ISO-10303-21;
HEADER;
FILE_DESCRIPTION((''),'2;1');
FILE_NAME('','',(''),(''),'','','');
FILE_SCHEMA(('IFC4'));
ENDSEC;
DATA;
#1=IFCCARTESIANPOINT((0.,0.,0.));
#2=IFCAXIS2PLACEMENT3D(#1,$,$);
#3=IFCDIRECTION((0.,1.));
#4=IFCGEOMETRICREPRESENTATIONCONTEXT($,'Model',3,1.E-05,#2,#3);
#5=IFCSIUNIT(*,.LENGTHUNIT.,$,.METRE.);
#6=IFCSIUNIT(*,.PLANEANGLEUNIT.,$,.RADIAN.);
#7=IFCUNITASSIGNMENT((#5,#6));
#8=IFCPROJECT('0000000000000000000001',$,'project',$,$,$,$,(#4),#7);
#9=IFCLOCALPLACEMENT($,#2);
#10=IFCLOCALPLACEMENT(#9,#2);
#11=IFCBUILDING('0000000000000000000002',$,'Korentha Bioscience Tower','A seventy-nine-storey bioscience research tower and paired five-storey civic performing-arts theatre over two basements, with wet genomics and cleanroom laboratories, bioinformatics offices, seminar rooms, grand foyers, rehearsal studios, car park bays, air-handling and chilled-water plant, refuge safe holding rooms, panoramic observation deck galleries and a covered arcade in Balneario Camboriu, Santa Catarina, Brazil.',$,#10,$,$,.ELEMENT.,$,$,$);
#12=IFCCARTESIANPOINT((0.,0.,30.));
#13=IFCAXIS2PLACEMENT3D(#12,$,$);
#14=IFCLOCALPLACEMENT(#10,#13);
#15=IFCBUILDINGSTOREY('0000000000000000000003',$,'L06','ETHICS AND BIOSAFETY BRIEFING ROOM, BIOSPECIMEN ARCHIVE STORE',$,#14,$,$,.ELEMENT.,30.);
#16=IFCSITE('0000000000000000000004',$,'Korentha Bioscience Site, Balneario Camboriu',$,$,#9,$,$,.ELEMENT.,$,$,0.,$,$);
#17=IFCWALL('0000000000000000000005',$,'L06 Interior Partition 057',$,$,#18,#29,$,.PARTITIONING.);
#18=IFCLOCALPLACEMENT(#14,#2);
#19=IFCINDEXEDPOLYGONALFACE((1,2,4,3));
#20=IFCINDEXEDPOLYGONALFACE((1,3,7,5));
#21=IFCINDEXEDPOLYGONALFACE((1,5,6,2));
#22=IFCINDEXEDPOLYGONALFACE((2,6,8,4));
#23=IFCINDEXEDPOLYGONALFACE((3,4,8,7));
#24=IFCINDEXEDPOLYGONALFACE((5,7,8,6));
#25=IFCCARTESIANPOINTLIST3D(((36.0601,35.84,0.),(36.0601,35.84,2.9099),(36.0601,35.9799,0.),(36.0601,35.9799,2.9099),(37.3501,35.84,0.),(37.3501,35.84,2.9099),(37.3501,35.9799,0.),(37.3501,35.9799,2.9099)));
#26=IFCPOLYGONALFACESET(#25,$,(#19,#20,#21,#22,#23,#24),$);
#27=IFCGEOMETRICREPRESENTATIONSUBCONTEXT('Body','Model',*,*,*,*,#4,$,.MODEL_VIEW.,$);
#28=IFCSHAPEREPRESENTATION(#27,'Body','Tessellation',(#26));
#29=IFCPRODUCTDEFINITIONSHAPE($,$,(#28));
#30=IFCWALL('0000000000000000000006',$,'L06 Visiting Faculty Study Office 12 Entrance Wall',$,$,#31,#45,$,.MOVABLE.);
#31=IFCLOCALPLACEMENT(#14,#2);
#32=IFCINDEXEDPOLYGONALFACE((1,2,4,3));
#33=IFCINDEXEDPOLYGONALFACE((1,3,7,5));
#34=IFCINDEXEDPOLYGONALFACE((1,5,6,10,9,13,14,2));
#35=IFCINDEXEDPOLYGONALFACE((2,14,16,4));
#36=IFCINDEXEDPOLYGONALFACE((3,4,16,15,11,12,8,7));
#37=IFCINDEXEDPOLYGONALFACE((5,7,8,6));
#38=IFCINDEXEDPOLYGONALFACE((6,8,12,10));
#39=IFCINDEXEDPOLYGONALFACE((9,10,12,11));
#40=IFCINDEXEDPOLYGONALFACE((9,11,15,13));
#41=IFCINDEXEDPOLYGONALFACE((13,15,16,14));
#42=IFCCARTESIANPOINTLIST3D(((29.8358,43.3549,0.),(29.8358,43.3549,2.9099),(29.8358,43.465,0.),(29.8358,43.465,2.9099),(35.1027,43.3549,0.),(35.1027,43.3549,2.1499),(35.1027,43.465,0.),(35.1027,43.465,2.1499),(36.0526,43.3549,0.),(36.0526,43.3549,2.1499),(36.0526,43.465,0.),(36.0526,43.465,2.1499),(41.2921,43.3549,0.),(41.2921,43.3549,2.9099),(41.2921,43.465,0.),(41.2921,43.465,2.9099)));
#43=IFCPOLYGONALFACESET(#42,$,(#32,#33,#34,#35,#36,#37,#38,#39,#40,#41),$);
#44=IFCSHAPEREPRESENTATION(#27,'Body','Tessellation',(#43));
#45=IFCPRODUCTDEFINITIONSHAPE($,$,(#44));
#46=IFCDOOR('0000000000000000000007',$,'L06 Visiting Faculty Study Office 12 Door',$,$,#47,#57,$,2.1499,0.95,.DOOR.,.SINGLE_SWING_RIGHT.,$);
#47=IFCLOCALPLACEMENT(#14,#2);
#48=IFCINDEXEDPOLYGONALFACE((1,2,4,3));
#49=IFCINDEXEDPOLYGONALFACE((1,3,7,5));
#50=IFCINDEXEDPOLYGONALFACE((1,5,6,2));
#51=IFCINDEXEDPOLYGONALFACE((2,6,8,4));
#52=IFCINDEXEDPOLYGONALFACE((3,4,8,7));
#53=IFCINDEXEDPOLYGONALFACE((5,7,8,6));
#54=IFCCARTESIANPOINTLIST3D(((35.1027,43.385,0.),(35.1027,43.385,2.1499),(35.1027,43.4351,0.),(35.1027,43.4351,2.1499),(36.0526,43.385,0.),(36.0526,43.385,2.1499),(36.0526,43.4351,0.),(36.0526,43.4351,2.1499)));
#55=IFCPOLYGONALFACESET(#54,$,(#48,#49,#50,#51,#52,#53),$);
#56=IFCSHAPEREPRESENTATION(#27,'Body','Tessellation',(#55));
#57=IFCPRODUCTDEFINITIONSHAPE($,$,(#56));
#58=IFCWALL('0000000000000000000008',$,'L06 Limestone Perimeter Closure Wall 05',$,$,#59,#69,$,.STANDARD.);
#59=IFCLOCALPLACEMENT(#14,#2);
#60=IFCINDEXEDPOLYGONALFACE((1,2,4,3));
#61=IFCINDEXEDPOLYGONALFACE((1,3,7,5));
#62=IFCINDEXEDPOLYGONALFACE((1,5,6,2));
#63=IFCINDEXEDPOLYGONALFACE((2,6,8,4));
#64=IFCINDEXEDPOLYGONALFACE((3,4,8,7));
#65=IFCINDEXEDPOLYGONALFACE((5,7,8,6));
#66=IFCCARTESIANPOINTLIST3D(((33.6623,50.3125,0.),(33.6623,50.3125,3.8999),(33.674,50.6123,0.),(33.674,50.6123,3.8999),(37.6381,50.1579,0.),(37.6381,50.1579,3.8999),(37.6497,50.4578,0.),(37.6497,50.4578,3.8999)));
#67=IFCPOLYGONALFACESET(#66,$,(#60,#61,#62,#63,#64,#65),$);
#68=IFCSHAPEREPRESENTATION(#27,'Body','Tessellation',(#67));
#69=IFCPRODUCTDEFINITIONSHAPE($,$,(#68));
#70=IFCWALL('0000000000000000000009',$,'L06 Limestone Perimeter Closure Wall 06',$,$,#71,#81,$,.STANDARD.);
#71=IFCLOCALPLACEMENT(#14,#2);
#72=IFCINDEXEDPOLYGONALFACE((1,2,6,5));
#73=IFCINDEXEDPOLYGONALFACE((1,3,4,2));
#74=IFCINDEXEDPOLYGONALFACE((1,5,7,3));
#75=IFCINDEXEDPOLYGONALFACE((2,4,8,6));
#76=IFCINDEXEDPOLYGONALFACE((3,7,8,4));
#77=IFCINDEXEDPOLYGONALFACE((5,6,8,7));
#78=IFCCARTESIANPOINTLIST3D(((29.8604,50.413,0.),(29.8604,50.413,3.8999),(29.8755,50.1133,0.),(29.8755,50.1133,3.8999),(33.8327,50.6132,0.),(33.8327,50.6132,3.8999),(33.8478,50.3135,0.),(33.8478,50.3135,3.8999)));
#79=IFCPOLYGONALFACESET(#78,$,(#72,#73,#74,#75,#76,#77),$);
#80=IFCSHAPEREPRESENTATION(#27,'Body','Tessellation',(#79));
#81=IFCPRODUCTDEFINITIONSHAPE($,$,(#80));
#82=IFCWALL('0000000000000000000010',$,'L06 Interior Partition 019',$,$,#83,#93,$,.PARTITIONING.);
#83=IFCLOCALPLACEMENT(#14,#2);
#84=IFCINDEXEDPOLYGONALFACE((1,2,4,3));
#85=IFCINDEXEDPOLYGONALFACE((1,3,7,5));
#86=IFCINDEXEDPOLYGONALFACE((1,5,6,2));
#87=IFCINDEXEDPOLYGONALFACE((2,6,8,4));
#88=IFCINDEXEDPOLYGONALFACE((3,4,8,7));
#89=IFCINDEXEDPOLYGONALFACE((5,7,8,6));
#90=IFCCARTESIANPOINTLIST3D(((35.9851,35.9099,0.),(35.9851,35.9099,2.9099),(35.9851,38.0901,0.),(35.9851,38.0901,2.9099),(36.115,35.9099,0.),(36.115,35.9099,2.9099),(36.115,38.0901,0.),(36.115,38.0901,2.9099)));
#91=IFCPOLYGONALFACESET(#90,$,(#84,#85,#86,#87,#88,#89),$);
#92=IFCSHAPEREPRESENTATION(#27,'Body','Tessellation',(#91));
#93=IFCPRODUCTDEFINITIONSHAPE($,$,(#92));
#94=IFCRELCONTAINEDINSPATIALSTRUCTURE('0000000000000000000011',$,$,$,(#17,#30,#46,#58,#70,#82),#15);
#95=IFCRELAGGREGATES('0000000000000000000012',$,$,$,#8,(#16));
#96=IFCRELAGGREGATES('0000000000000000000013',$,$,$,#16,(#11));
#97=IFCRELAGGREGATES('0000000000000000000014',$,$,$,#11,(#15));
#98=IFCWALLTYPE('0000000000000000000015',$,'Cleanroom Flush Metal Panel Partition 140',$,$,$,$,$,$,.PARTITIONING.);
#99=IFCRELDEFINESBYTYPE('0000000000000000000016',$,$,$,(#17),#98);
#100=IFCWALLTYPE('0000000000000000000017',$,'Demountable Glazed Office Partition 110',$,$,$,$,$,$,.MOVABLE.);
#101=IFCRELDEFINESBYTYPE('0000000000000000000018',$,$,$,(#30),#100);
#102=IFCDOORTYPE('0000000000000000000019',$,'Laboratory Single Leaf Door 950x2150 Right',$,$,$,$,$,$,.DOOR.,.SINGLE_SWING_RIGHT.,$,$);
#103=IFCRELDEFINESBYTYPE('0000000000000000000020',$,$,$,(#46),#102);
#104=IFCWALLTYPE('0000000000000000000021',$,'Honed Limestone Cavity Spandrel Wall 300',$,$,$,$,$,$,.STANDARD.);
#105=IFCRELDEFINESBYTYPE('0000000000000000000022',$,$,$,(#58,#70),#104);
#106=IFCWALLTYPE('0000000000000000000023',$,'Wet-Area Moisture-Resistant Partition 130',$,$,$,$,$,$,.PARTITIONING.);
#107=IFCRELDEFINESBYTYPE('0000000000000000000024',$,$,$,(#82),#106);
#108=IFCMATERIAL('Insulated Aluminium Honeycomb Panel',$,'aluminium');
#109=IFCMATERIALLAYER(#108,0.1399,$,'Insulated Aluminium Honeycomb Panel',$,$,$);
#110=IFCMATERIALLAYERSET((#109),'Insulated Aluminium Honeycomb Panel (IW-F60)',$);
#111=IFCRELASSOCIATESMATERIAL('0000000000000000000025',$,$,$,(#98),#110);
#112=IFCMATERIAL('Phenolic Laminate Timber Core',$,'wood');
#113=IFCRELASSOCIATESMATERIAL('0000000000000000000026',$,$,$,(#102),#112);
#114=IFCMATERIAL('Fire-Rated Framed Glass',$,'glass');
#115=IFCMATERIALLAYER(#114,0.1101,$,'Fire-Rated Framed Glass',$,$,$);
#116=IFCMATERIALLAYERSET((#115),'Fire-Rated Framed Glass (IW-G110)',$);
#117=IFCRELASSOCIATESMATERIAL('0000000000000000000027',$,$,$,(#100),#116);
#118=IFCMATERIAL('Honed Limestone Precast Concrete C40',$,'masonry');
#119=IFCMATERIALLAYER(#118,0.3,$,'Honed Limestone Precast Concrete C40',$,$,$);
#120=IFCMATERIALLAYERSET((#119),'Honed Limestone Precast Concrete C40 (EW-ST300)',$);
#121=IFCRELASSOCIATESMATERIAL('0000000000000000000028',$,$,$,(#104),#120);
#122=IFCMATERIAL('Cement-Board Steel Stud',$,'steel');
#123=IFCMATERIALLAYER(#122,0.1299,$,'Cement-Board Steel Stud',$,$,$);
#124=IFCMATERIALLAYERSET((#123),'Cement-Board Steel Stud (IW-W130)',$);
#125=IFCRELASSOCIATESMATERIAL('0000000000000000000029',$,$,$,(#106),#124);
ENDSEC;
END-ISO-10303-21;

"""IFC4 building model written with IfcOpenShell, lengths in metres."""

from ifc_helpers import new_model, si_unit, direction, frame, frame_2d, origin, place, context, subcontext, project, spatial, rectangle, extrude, material, layer, layer_set, type_object, element, fill, save


model = new_model("IFC4")

# Units and contexts
model_context = context("Model", 3, precision=1e-05, world=origin(), true_north=direction((0.0, 1.0)))
body_context = subcontext(model_context, "Body", "Model", "MODEL_VIEW")
ifc_project = project(units=[si_unit("LENGTHUNIT", "METRE"), si_unit("PLANEANGLEUNIT", "RADIAN")], contexts=[model_context])

# Site, building, storey
site_placement = place(None, origin())
site = spatial("IfcSite", under=ifc_project, at=site_placement, Name="Korentha Bioscience Site, Balneario Camboriu", CompositionType="ELEMENT", RefElevation=0.0)
building_placement = place(site_placement, origin())
building = spatial("IfcBuilding", under=site, at=building_placement, Name="Korentha Bioscience Tower", Description="A seventy-nine-storey bioscience research tower and paired five-storey civic performing-arts theatre over two basements, with wet genomics and cleanroom laboratories, bioinformatics offices, seminar rooms, grand foyers, rehearsal studios, car park bays, air-handling and chilled-water plant, refuge safe holding rooms, panoramic observation deck galleries and a covered arcade in Balneario Camboriu, Santa Catarina, Brazil.", CompositionType="ELEMENT")
storey_placement = place(building_placement, frame((0.0, 0.0, 30.0)))
storey = spatial("IfcBuildingStorey", under=building, at=storey_placement, Name="L06", Description="ETHICS AND BIOSAFETY BRIEFING ROOM, BIOSPECIMEN ARCHIVE STORE", CompositionType="ELEMENT", Elevation=30.0)

# Shared definitions
ifc_material_1 = material(Name="Insulated Aluminium Honeycomb Panel", Category="aluminium")
ifc_layer_1 = layer(ifc_material_1, 0.1399, Name="Insulated Aluminium Honeycomb Panel")
ifc_layer_set_1 = layer_set([ifc_layer_1], Name="Insulated Aluminium Honeycomb Panel (IW-F60)")
wall_type_1 = type_object("IfcWallType", Name="Cleanroom Flush Metal Panel Partition 140", PredefinedType="PARTITIONING", material=ifc_layer_set_1)
ifc_material_2 = material(Name="Phenolic Laminate Timber Core", Category="wood")
door_type_1 = type_object("IfcDoorType", Name="Laboratory Single Leaf Door 950x2150 Right", OperationType="SINGLE_SWING_RIGHT", PredefinedType="DOOR", material=ifc_material_2)

# Wall
wall_1_placement = place(storey_placement, frame((37.3501, 35.9099, 0.0), z_axis=(0.0, 0.0, 1.0), x_axis=(-1.0, 0.0, 0.0)))
element("IfcWall", 1, at=wall_1_placement, inside=storey, type_object=wall_type_1, Name="L06 Interior Partition 057", PredefinedType="PARTITIONING", context=body_context, shape_type="SweptSolid", body=[
    extrude(rectangle(XDim=1.29, YDim=0.1399, at=frame_2d((0.645, 0.0))), origin(), (0.0, 0.0, 1.0), 2.9099),
])

# Wall, opening, door
ifc_material_3 = material(Name="Fire-Rated Framed Glass", Category="glass")
ifc_layer_2 = layer(ifc_material_3, 0.1101, Name="Fire-Rated Framed Glass")
ifc_layer_set_2 = layer_set([ifc_layer_2], Name="Fire-Rated Framed Glass (IW-G110)")
wall_type_2 = type_object("IfcWallType", Name="Demountable Glazed Office Partition 110", PredefinedType="MOVABLE", material=ifc_layer_set_2)
wall_2_placement = place(storey_placement, frame((41.292, 43.4099, 0.0), z_axis=(0.0, 0.0, 1.0), x_axis=(-1.0, 0.0, 0.0)))
wall_2 = element("IfcWall", 2, at=wall_2_placement, inside=storey, type_object=wall_type_2, Name="L06 Visiting Faculty Study Office 12 Entrance Wall", PredefinedType="MOVABLE", context=body_context, shape_type="SweptSolid", body=[
    extrude(rectangle(XDim=11.4563, YDim=0.1101, at=frame_2d((5.728, 0.0))), origin(), (0.0, 0.0, 1.0), 2.9099),
])
opening_1_placement = place(wall_2_placement, frame((5.2393, 0.0, 0.0)))
opening_1 = element("IfcOpeningElement", 3, at=opening_1_placement, cuts=wall_2, PredefinedType="OPENING", context=body_context, shape_type="SweptSolid", body=[
    extrude(rectangle(XDim=0.95, YDim=2.1499, at=frame_2d((0.4751, 1.075))), frame((0.0, 0.0698, 0.0), z_axis=(0.0, -1.0, 0.0), x_axis=(1.0, 0.0, 0.0)), (0.0, 0.0, 1.0), 0.1399),
])
door_1_placement = place(opening_1_placement, origin())
door_1 = element("IfcDoor", 4, at=door_1_placement, inside=storey, type_object=door_type_1, Name="L06 Visiting Faculty Study Office 12 Door", OperationType="SINGLE_SWING_RIGHT", OverallHeight=2.1499, OverallWidth=0.95, PredefinedType="DOOR", context=body_context, shape_type="SweptSolid", body=[
    extrude(rectangle(XDim=0.95, YDim=2.1499, at=frame_2d((0.4751, 1.075))), frame((0.0, 0.0249, 0.0), z_axis=(0.0, -1.0, 0.0), x_axis=(1.0, 0.0, 0.0)), (0.0, 0.0, 1.0), 0.05),
])
fill(opening_1, door_1)
ifc_material_4 = material(Name="Honed Limestone Precast Concrete C40", Category="masonry")
ifc_layer_3 = layer(ifc_material_4, 0.3, Name="Honed Limestone Precast Concrete C40")
ifc_layer_set_3 = layer_set([ifc_layer_3], Name="Honed Limestone Precast Concrete C40 (EW-ST300)")
wall_type_3 = type_object("IfcWallType", Name="Honed Limestone Cavity Spandrel Wall 300", PredefinedType="STANDARD", material=ifc_layer_set_3)

# Walls
wall_3_placement = place(storey_placement, frame((37.6438, 50.3079, 0.0), z_axis=(0.0, 0.0, 1.0), x_axis=(-0.999245, 0.038841, 0.0)))
element("IfcWall", 5, at=wall_3_placement, inside=storey, type_object=wall_type_3, Name="L06 Limestone Perimeter Closure Wall 05", PredefinedType="STANDARD", context=body_context, shape_type="SweptSolid", body=[
    extrude(rectangle(XDim=3.9788, YDim=0.3, at=frame_2d((1.9893, 0.0))), origin(), (0.0, 0.0, 1.0), 3.8999),
])
wall_4_placement = place(storey_placement, frame((33.8403, 50.4634, 0.0), z_axis=(0.0, 0.0, 1.0), x_axis=(-0.998732, -0.050336, 0.0)))
element("IfcWall", 6, at=wall_4_placement, inside=storey, type_object=wall_type_3, Name="L06 Limestone Perimeter Closure Wall 06", PredefinedType="STANDARD", context=body_context, shape_type="SweptSolid", body=[
    extrude(rectangle(XDim=3.9773, YDim=0.3, at=frame_2d((1.9888, 0.0))), origin(), (0.0, 0.0, 1.0), 3.8999),
])

# Shared definitions
ifc_material_5 = material(Name="Cement-Board Steel Stud", Category="steel")
ifc_layer_4 = layer(ifc_material_5, 0.1299, Name="Cement-Board Steel Stud")
ifc_layer_set_4 = layer_set([ifc_layer_4], Name="Cement-Board Steel Stud (IW-W130)")
wall_type_4 = type_object("IfcWallType", Name="Wet-Area Moisture-Resistant Partition 130", PredefinedType="PARTITIONING", material=ifc_layer_set_4)

# Wall
wall_5_placement = place(storey_placement, frame((36.05, 38.0901, 0.0), z_axis=(0.0, 0.0, 1.0), x_axis=(0.0, -1.0, 0.0)))
element("IfcWall", 7, at=wall_5_placement, inside=storey, type_object=wall_type_4, Name="L06 Interior Partition 019", PredefinedType="PARTITIONING", context=body_context, shape_type="SweptSolid", body=[
    extrude(rectangle(XDim=2.1802, YDim=0.1299, at=frame_2d((1.0901, 0.0))), origin(), (0.0, 0.0, 1.0), 2.9099),
])

save(model, "model.ifc")
